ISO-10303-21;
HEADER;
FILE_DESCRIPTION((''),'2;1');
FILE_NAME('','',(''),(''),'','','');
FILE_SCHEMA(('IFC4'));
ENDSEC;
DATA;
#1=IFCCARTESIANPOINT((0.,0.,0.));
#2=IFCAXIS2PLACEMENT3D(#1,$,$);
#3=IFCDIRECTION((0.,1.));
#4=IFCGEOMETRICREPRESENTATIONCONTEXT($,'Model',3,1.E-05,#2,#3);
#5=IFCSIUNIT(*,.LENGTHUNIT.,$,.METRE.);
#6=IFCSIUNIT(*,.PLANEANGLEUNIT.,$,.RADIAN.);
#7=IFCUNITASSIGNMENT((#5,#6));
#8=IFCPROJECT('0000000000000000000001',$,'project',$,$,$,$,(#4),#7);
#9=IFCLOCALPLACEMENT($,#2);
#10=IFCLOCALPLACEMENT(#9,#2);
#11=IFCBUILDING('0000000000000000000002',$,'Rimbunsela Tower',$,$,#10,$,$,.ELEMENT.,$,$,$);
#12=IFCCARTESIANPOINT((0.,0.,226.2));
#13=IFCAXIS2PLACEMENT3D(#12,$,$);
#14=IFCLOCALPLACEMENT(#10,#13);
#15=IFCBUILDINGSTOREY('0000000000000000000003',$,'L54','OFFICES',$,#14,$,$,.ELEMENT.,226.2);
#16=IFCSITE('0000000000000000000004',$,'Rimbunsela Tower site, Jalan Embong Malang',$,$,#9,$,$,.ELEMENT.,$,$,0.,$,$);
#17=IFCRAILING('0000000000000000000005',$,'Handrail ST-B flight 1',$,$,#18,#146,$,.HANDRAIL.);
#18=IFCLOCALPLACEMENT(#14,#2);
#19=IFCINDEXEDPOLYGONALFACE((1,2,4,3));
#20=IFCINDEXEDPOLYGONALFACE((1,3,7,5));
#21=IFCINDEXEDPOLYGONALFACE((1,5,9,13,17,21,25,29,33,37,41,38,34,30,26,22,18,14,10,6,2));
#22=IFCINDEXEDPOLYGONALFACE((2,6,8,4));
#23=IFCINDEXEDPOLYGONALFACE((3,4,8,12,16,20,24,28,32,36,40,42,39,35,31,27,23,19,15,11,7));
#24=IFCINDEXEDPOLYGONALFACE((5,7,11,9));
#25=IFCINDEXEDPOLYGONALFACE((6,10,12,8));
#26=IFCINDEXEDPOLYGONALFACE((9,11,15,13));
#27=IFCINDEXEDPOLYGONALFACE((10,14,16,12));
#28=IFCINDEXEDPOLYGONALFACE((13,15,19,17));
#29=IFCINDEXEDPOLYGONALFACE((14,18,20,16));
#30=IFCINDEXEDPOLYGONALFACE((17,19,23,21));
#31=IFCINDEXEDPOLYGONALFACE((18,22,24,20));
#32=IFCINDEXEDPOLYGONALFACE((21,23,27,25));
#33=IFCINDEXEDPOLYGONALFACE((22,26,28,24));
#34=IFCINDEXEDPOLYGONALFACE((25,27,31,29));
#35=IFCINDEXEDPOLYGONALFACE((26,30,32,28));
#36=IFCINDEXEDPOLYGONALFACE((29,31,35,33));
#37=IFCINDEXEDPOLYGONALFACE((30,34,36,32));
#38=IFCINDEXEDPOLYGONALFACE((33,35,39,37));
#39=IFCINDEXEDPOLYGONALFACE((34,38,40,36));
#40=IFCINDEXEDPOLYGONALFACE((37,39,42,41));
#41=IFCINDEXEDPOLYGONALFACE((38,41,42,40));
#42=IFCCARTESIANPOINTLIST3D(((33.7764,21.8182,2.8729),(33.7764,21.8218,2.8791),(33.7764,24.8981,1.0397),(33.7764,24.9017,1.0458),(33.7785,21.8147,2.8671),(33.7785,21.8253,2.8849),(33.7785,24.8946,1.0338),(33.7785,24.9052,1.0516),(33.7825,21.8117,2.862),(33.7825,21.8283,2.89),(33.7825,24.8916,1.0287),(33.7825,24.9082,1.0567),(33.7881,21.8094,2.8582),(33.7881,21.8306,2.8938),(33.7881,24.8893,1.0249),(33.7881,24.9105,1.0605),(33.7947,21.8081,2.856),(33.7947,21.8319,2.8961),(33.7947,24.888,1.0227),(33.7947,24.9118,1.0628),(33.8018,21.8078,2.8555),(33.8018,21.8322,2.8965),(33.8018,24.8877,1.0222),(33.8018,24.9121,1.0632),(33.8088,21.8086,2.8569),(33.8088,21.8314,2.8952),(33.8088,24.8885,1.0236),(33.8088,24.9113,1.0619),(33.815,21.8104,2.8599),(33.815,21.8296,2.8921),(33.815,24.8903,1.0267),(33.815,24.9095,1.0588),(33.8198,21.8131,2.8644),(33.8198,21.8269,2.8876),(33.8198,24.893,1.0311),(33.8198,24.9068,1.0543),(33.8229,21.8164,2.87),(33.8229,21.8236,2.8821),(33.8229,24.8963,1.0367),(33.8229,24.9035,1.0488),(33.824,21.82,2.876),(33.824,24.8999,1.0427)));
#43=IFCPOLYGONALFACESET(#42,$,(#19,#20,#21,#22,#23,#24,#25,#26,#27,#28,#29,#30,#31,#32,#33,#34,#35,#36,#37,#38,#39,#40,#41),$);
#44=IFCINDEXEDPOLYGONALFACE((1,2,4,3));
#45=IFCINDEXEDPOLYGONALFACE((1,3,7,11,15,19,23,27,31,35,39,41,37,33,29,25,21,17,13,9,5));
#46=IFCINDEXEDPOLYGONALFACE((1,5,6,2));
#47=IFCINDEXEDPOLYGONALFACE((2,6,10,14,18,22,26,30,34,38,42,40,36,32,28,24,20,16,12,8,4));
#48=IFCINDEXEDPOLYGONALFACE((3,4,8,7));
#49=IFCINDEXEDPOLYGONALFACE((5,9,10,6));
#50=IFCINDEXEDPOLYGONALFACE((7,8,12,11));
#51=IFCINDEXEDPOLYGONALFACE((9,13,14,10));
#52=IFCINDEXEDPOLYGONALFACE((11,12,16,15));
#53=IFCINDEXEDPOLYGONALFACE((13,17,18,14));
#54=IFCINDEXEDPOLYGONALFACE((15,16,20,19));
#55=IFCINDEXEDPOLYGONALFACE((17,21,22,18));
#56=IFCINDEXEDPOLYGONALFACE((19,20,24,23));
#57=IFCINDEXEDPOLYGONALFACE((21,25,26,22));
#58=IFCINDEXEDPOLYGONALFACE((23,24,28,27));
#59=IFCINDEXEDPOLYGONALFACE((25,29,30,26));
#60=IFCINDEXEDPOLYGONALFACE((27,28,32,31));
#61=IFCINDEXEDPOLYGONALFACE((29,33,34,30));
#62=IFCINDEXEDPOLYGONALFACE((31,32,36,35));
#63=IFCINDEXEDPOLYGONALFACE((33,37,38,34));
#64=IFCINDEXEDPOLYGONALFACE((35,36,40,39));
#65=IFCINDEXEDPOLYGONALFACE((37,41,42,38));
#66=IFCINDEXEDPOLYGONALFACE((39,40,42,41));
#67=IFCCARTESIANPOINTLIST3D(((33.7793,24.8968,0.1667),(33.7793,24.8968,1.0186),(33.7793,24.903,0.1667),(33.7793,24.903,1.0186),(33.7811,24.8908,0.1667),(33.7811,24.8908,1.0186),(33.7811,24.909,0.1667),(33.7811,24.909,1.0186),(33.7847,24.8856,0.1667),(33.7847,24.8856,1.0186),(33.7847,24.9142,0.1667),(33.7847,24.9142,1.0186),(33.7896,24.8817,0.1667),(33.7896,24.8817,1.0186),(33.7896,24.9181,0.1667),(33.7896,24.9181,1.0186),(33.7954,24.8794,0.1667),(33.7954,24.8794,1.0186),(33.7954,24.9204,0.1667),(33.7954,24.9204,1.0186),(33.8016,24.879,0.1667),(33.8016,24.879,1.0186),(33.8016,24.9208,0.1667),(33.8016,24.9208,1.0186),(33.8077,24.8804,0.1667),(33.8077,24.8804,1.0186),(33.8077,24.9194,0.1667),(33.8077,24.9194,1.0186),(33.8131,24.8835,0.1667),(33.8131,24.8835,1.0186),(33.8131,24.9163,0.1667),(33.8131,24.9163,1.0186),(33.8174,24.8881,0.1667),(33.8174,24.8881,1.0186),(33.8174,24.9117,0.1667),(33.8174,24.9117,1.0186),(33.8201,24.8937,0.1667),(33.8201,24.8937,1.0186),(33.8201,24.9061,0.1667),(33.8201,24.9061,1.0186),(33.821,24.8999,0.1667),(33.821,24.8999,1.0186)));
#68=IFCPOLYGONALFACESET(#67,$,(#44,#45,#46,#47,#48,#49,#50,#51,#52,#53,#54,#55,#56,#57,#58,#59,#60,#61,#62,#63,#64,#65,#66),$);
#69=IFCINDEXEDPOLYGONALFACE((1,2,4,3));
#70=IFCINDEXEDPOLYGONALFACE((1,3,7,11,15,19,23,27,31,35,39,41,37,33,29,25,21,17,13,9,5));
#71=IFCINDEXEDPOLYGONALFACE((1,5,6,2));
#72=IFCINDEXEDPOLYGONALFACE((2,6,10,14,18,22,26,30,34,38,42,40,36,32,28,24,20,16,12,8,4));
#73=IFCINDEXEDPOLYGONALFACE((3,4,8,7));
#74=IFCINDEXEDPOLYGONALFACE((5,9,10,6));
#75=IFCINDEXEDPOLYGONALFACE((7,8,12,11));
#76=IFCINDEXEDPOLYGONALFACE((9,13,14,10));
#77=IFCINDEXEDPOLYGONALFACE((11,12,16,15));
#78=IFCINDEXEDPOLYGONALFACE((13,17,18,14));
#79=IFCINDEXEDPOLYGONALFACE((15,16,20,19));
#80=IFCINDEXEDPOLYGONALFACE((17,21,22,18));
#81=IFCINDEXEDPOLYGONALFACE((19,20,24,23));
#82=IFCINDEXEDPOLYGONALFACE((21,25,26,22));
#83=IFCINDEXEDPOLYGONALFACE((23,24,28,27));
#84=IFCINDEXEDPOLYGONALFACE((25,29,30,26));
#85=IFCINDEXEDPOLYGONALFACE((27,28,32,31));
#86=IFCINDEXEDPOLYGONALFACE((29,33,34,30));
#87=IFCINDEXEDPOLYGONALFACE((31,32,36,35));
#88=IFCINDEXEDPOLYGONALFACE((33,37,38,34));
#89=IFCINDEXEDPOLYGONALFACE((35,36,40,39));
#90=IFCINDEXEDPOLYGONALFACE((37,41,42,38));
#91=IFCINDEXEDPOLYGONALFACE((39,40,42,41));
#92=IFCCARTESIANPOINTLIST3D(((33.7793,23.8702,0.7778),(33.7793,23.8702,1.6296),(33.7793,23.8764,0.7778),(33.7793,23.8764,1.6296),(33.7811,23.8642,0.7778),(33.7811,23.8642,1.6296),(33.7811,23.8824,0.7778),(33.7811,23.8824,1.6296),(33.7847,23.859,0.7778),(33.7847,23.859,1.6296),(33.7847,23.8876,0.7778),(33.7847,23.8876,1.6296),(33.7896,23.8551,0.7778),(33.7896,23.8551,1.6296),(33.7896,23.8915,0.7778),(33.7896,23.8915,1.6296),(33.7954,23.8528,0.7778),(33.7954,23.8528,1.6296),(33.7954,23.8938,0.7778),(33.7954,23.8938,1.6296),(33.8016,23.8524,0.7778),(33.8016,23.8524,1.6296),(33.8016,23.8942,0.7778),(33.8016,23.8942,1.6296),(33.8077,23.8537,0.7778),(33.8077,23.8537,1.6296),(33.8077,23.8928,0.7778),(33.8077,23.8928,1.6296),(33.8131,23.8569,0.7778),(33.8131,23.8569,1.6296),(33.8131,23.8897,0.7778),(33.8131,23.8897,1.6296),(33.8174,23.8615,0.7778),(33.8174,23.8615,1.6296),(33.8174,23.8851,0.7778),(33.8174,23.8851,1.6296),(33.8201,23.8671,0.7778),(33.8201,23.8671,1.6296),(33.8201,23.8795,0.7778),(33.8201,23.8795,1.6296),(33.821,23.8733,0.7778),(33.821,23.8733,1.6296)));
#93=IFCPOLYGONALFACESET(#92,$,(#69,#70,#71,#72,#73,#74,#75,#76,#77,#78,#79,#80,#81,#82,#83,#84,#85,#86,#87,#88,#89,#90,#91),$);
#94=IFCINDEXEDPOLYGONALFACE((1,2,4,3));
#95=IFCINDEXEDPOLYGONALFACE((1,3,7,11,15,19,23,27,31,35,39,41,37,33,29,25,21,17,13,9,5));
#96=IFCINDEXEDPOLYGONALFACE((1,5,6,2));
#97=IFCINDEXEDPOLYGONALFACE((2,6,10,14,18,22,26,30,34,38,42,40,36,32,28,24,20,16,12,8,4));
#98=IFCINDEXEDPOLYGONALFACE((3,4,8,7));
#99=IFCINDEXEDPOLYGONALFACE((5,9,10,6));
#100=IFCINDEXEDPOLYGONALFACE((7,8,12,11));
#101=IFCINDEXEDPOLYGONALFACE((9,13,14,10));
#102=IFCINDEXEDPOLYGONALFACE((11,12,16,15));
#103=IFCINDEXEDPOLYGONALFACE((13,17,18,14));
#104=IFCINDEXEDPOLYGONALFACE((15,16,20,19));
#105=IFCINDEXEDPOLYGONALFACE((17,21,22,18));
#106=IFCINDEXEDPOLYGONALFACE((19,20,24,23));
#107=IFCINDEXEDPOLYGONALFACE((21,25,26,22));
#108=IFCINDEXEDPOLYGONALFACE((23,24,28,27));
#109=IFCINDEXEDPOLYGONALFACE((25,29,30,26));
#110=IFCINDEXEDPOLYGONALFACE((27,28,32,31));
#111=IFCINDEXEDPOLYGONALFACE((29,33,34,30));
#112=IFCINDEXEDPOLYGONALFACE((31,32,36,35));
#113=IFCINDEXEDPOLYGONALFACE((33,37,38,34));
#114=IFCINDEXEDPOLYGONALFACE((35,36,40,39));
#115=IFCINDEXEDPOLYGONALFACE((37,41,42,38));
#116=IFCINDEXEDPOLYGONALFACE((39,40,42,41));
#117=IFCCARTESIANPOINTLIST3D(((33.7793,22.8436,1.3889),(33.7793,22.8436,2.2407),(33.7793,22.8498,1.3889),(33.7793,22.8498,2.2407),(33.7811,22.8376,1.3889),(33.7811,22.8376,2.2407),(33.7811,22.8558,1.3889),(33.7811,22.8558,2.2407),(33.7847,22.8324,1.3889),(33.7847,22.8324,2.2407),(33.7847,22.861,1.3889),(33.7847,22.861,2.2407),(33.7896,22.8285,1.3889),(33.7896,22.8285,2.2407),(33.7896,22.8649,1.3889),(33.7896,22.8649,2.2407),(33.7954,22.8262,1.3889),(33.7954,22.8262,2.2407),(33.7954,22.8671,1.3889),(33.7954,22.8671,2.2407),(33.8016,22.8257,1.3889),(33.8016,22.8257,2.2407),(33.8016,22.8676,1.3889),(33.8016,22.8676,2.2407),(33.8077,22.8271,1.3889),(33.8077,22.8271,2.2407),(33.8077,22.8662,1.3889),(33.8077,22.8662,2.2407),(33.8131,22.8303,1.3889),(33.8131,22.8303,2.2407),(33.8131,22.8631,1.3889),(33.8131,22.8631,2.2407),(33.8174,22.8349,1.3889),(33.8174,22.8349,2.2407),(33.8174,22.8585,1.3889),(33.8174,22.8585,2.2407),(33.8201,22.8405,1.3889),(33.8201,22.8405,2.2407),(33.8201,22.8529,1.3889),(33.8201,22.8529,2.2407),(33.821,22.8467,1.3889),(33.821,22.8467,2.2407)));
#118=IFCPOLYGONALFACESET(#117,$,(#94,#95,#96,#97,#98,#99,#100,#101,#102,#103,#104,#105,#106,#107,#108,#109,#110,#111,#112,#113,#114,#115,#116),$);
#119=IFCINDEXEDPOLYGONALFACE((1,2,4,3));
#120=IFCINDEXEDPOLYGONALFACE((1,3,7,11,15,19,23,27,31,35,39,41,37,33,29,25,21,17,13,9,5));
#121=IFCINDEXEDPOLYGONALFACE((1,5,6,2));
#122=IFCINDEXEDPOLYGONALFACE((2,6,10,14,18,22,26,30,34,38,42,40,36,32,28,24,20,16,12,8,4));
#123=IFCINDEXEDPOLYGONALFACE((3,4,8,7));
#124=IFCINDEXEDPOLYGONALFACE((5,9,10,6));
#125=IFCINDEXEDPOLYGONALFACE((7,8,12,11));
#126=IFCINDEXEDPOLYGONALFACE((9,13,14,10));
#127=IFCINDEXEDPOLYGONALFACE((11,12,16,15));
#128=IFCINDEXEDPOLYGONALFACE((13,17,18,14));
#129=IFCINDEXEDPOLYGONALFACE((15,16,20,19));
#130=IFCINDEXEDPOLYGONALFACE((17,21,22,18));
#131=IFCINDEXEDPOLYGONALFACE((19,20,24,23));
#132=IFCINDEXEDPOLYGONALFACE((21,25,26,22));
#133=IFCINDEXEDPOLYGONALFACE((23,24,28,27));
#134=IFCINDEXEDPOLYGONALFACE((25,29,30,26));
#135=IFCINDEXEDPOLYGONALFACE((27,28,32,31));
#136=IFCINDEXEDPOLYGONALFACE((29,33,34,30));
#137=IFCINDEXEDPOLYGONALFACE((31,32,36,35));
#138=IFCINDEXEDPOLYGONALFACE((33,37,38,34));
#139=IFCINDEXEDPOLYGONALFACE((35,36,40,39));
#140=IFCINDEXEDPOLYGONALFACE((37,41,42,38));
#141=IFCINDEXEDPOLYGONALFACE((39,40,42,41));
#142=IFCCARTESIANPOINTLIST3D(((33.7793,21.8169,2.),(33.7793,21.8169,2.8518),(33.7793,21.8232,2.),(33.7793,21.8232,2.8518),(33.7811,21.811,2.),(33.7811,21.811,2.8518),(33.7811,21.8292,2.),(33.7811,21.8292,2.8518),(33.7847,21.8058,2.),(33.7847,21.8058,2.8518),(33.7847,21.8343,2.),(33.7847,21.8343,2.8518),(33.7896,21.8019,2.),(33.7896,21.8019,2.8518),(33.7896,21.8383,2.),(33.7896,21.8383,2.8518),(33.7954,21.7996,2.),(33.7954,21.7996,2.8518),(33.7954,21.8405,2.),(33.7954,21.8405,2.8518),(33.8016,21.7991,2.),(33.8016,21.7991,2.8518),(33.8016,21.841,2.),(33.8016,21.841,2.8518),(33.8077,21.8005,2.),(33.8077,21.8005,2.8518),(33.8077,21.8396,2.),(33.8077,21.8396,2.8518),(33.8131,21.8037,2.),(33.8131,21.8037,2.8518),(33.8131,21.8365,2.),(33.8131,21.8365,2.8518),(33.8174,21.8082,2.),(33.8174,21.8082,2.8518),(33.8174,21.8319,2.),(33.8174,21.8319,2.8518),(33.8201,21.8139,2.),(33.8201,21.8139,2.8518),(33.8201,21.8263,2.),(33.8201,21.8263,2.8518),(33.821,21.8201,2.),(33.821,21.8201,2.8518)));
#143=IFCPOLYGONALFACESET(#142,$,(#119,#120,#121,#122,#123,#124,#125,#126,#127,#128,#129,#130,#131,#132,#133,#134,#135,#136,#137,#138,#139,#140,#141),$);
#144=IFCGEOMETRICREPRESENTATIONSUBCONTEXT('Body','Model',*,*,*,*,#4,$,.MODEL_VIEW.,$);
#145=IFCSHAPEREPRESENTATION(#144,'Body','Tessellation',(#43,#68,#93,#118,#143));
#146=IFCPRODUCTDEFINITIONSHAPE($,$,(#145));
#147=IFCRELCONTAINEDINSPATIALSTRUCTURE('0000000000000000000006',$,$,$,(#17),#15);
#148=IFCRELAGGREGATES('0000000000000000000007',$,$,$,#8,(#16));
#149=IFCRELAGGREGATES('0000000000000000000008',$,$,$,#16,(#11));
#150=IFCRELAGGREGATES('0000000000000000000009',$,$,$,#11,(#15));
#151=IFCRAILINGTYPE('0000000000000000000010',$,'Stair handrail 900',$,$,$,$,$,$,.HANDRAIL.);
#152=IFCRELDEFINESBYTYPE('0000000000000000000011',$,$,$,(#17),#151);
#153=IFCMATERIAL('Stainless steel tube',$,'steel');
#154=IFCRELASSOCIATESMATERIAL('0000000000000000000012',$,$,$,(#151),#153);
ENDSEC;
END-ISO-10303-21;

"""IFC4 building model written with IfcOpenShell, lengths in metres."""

from ifc_helpers import new_model, si_unit, direction, frame, origin, origin_2d, place, context, subcontext, project, spatial, circle, extrude, material, type_object, element, save


model = new_model("IFC4")

# Units and contexts
model_context = context("Model", 3, precision=1e-05, world=origin(), true_north=direction((0.0, 1.0)))
body_context = subcontext(model_context, "Body", "Model", "MODEL_VIEW")
ifc_project = project(units=[si_unit("LENGTHUNIT", "METRE"), si_unit("PLANEANGLEUNIT", "RADIAN")], contexts=[model_context])

# Site, building, storey
site_placement = place(None, origin())
site = spatial("IfcSite", under=ifc_project, at=site_placement, Name="Rimbunsela Tower site, Jalan Embong Malang", CompositionType="ELEMENT", RefElevation=0.0)
building_placement = place(site_placement, origin())
building = spatial("IfcBuilding", under=site, at=building_placement, Name="Rimbunsela Tower", CompositionType="ELEMENT")
storey_placement = place(building_placement, frame((0.0, 0.0, 226.2)))
storey = spatial("IfcBuildingStorey", under=building, at=storey_placement, Name="L54", Description="OFFICES", CompositionType="ELEMENT", Elevation=226.2)

# Railing
ifc_material_1 = material(Name="Stainless steel tube", Category="steel")
railing_type = type_object("IfcRailingType", Name="Stair handrail 900", PredefinedType="HANDRAIL", material=ifc_material_1)
railing_placement = place(storey_placement, frame((33.8, 24.8999, 0.1667)))
element("IfcRailing", 1, at=railing_placement, inside=storey, type_object=railing_type, Name="Handrail ST-B flight 1", PredefinedType="HANDRAIL", context=body_context, shape_type="SweptSolid", body=[
    extrude(circle(Radius=0.0239, at=origin_2d()), frame((0.0, 0.0, 0.876), z_axis=(0.0, -0.859291, 0.511487), x_axis=(1.0, 0.0, 0.0)), (0.0, 0.0, 1.0), 3.5842),
    extrude(circle(Radius=0.021, at=origin_2d()), origin(), (0.0, 0.0, 1.0), 0.8518),
    extrude(circle(Radius=0.021, at=origin_2d()), frame((0.0, -1.0266, 0.6111)), (0.0, 0.0, 1.0), 0.8518),
    extrude(circle(Radius=0.021, at=origin_2d()), frame((0.0, -2.0532, 1.2222)), (0.0, 0.0, 1.0), 0.8518),
    extrude(circle(Radius=0.021, at=origin_2d()), frame((0.0, -3.0798, 1.8333)), (0.0, 0.0, 1.0), 0.8518),
])

save(model, "model.ifc")
